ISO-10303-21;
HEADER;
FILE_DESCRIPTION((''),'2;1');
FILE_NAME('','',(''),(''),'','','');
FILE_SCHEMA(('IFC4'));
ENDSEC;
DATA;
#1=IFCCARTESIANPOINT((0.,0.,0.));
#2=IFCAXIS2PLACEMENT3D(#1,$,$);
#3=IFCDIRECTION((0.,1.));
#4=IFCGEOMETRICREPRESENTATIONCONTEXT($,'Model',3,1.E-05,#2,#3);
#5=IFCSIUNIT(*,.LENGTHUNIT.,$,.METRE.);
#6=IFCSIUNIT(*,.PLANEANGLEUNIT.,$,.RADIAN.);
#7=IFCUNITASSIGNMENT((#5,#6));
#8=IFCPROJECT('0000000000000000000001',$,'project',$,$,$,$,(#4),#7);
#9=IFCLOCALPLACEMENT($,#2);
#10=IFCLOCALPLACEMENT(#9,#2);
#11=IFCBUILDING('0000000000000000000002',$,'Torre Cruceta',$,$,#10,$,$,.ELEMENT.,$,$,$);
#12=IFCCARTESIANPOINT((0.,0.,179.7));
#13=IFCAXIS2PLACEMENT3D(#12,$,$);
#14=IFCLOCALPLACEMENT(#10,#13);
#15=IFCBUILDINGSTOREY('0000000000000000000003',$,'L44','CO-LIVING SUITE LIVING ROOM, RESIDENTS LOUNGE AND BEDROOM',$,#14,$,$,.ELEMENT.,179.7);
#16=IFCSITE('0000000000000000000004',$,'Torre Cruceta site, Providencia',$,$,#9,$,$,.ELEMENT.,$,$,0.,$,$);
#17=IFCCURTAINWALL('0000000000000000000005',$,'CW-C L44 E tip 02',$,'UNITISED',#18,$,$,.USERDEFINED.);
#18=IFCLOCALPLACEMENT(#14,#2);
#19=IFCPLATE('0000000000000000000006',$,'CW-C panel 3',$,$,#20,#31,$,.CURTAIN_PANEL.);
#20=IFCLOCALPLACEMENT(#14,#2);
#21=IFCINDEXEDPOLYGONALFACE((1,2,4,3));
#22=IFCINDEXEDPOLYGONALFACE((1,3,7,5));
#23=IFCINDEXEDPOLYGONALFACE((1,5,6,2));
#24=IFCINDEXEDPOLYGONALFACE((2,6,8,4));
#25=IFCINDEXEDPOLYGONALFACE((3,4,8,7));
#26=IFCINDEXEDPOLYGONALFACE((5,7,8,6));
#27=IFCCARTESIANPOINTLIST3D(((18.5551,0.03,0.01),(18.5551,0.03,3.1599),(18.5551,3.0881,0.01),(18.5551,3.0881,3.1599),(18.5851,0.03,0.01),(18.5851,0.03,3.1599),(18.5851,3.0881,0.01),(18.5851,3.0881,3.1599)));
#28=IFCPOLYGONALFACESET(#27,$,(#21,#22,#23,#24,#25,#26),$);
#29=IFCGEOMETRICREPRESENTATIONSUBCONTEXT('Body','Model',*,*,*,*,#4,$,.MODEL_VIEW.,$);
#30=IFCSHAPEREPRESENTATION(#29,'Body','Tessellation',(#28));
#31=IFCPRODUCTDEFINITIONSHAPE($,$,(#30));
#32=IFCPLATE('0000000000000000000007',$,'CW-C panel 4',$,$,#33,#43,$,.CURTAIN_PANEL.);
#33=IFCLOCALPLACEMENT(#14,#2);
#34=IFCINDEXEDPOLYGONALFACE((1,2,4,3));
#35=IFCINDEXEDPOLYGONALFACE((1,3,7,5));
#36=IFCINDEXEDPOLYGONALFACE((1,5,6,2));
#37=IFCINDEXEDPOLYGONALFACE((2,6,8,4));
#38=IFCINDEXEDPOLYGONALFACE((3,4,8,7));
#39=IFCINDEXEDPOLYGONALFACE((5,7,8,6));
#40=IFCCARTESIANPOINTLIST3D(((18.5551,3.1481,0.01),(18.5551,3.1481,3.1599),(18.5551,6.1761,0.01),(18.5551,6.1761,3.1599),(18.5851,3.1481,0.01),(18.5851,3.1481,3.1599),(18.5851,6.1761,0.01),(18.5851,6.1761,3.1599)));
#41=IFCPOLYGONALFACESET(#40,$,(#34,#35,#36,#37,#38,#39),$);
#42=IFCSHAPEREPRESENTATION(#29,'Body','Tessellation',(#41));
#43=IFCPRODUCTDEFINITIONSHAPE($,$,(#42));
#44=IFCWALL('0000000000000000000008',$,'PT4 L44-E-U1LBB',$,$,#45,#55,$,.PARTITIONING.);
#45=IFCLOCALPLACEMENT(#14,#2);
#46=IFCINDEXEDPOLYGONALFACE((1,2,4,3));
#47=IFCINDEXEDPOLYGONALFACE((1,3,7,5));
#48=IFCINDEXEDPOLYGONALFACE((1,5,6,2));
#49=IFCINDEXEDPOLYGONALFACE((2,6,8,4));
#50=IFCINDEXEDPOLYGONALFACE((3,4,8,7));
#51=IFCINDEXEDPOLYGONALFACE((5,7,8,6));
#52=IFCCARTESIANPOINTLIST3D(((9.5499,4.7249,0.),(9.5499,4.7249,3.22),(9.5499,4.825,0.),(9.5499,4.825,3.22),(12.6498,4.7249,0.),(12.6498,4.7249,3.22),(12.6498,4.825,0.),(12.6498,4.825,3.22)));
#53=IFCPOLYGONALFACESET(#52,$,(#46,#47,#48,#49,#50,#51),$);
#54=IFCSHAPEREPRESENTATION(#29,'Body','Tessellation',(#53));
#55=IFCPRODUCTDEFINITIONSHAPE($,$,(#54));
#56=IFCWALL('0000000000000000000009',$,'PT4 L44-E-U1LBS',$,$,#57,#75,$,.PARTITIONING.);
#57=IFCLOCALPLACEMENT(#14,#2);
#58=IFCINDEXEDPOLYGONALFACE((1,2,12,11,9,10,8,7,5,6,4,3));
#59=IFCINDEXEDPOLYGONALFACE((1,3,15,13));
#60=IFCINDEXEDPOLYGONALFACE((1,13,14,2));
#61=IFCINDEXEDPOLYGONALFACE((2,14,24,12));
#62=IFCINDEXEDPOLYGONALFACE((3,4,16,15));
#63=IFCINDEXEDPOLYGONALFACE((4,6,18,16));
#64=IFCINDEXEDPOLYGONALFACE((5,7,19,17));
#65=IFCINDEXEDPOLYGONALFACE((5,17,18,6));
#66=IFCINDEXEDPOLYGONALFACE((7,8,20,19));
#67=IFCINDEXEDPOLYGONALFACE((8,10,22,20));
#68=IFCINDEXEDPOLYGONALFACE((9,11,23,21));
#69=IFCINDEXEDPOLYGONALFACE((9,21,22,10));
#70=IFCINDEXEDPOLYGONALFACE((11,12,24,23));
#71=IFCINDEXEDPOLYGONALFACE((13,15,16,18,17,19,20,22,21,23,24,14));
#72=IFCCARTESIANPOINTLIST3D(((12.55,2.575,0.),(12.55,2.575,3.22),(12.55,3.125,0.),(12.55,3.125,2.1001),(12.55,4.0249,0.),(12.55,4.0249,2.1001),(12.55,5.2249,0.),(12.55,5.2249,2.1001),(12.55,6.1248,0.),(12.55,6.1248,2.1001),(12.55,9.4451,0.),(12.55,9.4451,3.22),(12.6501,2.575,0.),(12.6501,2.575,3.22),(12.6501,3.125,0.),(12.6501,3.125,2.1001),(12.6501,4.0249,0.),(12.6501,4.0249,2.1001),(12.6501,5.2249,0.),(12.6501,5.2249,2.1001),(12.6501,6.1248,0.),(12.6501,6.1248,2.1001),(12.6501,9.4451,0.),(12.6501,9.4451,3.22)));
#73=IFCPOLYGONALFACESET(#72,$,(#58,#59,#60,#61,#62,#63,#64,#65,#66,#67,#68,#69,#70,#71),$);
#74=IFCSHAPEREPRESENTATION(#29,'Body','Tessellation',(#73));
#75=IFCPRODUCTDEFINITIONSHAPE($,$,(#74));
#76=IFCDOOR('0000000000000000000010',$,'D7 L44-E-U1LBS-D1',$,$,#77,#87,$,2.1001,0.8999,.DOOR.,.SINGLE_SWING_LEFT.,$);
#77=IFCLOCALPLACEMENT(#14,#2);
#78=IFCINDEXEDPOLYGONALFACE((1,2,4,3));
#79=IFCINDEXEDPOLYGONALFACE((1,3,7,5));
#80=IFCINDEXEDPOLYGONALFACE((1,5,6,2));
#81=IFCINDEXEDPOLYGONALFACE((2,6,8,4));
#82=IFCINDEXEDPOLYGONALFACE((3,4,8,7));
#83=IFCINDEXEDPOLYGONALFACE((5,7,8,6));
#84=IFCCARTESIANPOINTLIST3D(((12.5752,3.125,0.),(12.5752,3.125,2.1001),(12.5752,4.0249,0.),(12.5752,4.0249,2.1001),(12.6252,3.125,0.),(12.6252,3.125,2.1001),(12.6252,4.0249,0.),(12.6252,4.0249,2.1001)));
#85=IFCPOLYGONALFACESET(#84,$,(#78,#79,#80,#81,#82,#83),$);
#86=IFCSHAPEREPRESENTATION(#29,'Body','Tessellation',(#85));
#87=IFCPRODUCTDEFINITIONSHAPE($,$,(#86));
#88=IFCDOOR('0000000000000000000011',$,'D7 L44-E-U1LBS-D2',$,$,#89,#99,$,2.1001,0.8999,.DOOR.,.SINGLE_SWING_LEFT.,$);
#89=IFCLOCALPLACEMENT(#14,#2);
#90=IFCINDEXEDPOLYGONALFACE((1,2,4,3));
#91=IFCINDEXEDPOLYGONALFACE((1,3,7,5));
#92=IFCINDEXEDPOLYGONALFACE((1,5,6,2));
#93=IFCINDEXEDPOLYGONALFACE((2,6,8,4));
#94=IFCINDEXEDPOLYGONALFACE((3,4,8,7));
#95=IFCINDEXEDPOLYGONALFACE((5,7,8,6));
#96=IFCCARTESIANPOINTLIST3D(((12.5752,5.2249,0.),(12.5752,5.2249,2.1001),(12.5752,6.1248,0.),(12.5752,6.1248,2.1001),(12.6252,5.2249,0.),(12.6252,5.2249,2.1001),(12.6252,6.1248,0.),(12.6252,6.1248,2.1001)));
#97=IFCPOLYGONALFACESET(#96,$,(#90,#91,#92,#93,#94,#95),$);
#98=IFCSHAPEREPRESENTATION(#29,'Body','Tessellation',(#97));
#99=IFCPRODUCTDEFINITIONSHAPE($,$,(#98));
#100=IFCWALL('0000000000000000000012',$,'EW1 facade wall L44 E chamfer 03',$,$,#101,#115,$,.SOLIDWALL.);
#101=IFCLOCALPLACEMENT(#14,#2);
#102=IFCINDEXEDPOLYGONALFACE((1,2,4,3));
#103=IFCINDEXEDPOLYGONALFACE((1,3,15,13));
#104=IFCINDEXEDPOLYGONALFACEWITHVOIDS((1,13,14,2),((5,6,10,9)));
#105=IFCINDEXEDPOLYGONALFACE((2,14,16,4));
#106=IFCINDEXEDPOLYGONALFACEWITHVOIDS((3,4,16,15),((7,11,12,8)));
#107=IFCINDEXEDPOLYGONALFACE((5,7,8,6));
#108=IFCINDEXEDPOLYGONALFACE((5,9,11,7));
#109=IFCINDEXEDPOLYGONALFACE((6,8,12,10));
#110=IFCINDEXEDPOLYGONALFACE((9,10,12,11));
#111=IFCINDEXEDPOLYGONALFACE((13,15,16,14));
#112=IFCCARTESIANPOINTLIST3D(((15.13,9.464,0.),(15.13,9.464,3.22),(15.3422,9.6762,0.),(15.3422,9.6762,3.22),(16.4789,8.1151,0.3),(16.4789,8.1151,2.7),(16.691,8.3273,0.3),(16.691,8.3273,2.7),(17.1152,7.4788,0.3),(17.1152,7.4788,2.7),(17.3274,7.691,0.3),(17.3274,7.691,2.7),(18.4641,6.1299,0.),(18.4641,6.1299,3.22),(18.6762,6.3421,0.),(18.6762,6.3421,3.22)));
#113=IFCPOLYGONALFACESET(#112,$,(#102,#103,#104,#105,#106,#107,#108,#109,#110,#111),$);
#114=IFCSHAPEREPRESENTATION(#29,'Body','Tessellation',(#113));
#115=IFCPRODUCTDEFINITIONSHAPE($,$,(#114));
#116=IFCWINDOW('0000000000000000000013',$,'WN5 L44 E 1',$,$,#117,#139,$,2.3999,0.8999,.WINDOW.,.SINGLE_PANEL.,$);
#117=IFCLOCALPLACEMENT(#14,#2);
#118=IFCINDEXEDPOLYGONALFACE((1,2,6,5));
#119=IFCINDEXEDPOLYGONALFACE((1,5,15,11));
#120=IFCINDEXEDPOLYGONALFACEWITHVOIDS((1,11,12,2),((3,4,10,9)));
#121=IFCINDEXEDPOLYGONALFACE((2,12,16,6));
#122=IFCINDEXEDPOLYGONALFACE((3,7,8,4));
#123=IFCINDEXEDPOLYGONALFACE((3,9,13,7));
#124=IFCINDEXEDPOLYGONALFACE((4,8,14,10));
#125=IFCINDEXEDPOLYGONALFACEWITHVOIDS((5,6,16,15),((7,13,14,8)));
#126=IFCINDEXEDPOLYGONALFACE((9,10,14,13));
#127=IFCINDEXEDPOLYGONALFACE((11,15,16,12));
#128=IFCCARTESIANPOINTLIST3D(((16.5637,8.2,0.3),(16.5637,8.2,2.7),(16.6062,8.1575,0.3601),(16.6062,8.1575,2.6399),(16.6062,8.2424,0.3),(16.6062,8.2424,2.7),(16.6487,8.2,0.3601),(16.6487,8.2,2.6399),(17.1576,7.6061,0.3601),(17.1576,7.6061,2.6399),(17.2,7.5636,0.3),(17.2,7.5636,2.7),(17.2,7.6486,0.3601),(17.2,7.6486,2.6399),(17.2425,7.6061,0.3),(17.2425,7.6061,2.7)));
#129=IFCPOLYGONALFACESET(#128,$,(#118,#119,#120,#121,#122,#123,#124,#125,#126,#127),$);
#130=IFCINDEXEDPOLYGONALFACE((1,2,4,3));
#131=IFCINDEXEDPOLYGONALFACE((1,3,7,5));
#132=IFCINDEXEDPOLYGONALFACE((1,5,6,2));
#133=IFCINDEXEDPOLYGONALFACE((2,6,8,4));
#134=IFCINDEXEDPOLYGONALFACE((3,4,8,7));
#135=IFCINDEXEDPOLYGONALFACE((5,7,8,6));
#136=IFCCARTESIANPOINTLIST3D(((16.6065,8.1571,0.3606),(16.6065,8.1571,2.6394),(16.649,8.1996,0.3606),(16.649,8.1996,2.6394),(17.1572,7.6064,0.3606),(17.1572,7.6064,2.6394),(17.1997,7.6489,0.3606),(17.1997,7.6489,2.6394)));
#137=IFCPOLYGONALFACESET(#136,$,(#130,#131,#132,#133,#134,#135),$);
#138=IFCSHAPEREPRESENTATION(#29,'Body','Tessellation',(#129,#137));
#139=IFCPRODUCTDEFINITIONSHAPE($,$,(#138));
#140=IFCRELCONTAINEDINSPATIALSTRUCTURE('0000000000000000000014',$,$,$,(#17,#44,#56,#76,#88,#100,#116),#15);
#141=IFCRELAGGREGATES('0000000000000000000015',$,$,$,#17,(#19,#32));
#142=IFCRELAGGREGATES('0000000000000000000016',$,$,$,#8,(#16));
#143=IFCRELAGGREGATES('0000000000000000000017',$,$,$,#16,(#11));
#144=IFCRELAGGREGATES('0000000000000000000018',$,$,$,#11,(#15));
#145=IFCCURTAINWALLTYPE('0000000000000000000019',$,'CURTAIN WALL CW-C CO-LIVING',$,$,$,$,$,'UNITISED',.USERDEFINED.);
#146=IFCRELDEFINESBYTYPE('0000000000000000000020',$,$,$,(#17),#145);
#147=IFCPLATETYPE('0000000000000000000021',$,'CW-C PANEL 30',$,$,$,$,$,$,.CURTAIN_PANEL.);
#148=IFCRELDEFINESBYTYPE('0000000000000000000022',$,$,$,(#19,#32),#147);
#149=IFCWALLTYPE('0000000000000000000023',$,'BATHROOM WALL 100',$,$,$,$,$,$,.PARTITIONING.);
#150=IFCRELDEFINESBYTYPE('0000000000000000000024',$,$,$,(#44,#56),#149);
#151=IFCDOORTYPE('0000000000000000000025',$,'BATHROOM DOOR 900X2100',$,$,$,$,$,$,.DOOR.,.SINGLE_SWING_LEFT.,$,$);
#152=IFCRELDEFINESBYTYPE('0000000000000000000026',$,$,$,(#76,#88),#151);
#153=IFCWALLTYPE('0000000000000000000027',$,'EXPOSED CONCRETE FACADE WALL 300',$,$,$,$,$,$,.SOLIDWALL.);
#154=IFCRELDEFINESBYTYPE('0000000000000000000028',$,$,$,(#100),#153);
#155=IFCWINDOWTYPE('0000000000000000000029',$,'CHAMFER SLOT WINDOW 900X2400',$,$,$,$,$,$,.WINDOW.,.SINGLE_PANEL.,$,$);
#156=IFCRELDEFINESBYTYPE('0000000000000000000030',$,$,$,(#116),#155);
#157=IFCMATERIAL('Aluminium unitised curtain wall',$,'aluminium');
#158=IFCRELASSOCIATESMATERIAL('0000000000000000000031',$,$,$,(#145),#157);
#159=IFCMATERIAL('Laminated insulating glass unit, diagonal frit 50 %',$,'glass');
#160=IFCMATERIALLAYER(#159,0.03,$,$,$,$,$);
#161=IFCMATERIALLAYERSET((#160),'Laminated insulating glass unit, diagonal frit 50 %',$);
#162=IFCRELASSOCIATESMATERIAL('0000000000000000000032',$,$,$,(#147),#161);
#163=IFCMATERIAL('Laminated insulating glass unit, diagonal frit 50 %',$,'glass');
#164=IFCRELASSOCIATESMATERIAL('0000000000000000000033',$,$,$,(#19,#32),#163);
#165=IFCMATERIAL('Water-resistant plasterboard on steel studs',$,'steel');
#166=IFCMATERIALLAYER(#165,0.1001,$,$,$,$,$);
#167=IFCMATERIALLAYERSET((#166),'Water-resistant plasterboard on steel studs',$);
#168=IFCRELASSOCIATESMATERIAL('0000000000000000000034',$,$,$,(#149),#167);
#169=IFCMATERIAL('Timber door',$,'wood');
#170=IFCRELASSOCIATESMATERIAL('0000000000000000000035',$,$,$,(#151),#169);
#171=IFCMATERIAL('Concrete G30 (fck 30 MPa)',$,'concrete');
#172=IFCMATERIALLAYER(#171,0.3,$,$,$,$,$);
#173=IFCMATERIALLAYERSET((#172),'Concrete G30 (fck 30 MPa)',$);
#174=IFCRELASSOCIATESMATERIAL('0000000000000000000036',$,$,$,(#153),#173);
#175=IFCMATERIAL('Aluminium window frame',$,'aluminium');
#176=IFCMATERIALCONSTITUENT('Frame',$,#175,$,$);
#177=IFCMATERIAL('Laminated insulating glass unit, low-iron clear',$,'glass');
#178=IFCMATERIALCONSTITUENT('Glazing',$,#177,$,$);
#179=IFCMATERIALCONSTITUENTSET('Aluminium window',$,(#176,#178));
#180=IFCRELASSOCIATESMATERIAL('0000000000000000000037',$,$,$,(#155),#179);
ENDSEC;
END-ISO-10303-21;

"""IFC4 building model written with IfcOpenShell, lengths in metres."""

from ifc_helpers import new_model, si_unit, direction, frame, frame_2d, origin, origin_2d, place, context, subcontext, project, spatial, rectangle, hollow_rectangle, extrude, material, layer, layer_set, constituent, constituent_set, type_object, element, fill, aggregate, save


model = new_model("IFC4")

# Units and contexts
model_context = context("Model", 3, precision=1e-05, world=origin(), true_north=direction((0.0, 1.0)))
body_context = subcontext(model_context, "Body", "Model", "MODEL_VIEW")
ifc_project = project(units=[si_unit("LENGTHUNIT", "METRE"), si_unit("PLANEANGLEUNIT", "RADIAN")], contexts=[model_context])

# Site, building, storey
site_placement = place(None, origin())
site = spatial("IfcSite", under=ifc_project, at=site_placement, Name="Torre Cruceta site, Providencia", CompositionType="ELEMENT", RefElevation=0.0)
building_placement = place(site_placement, origin())
building = spatial("IfcBuilding", under=site, at=building_placement, Name="Torre Cruceta", CompositionType="ELEMENT")
storey_placement = place(building_placement, frame((0.0, 0.0, 179.7)))
storey = spatial("IfcBuildingStorey", under=building, at=storey_placement, Name="L44", Description="CO-LIVING SUITE LIVING ROOM, RESIDENTS LOUNGE AND BEDROOM", CompositionType="ELEMENT", Elevation=179.7)

# Curtain wall
ifc_material_1 = material(Name="Aluminium unitised curtain wall", Category="aluminium")
curtain_wall_type = type_object("IfcCurtainWallType", Name="CURTAIN WALL CW-C CO-LIVING", ElementType="UNITISED", PredefinedType="USERDEFINED", material=ifc_material_1)
curtain_wall_placement = place(storey_placement, origin())
curtain_wall = element("IfcCurtainWall", 1, at=curtain_wall_placement, inside=storey, type_object=curtain_wall_type, Name="CW-C L44 E tip 02", ObjectType="UNITISED", PredefinedType="USERDEFINED")

# Plates
ifc_material_2 = material(Name="Laminated insulating glass unit, diagonal frit 50 %", Category="glass")
ifc_material_3 = material(Name="Laminated insulating glass unit, diagonal frit 50 %", Category="glass")
ifc_layer_1 = layer(ifc_material_3, 0.03)
ifc_layer_set_1 = layer_set([ifc_layer_1], Name="Laminated insulating glass unit, diagonal frit 50 %")
plate_type = type_object("IfcPlateType", Name="CW-C PANEL 30", PredefinedType="CURTAIN_PANEL", material=ifc_layer_set_1)
plate_1_placement = place(storey_placement, frame((18.5701, 1.5591, 0.01), z_axis=(0.0, 0.0, 1.0), x_axis=(0.0, 1.0, 0.0)))
plate_1 = element("IfcPlate", 2, at=plate_1_placement, type_object=plate_type, material=ifc_material_2, Name="CW-C panel 3", PredefinedType="CURTAIN_PANEL", context=body_context, shape_type="SweptSolid", body=[
    extrude(rectangle(XDim=3.0581, YDim=0.03, at=origin_2d()), origin(), (0.0, 0.0, 1.0), 3.1499),
])
plate_2_placement = place(storey_placement, frame((18.5701, 4.6621, 0.01), z_axis=(0.0, 0.0, 1.0), x_axis=(0.0, 1.0, 0.0)))
plate_2 = element("IfcPlate", 3, at=plate_2_placement, type_object=plate_type, material=ifc_material_2, Name="CW-C panel 4", PredefinedType="CURTAIN_PANEL", context=body_context, shape_type="SweptSolid", body=[
    extrude(rectangle(XDim=3.0281, YDim=0.03, at=origin_2d()), origin(), (0.0, 0.0, 1.0), 3.1499),
])
aggregate(curtain_wall, [plate_1, plate_2])

# Wall
ifc_material_4 = material(Name="Water-resistant plasterboard on steel studs", Category="steel")
ifc_layer_2 = layer(ifc_material_4, 0.1001)
ifc_layer_set_2 = layer_set([ifc_layer_2], Name="Water-resistant plasterboard on steel studs")
wall_type_1 = type_object("IfcWallType", Name="BATHROOM WALL 100", PredefinedType="PARTITIONING", material=ifc_layer_set_2)
wall_1_placement = place(storey_placement, frame((9.55, 4.7749, 0.0), z_axis=(0.0, 0.0, 1.0), x_axis=(1.0, 0.0, 0.0)))
element("IfcWall", 4, at=wall_1_placement, inside=storey, type_object=wall_type_1, Name="PT4 L44-E-U1LBB", PredefinedType="PARTITIONING", context=body_context, shape_type="SweptSolid", body=[
    extrude(rectangle(XDim=3.0999, YDim=0.1001, at=frame_2d((1.5498, 0.0))), origin(), (0.0, 0.0, 1.0), 3.22),
])

# Wall, openings, doors
wall_2_placement = place(storey_placement, frame((12.6001, 2.575, 0.0), z_axis=(0.0, 0.0, 1.0), x_axis=(0.0, 1.0, 0.0)))
wall_2 = element("IfcWall", 5, at=wall_2_placement, inside=storey, type_object=wall_type_1, Name="PT4 L44-E-U1LBS", PredefinedType="PARTITIONING", context=body_context, shape_type="SweptSolid", body=[
    extrude(rectangle(XDim=6.8701, YDim=0.1001, at=frame_2d((3.4351, 0.0))), origin(), (0.0, 0.0, 1.0), 3.22),
])
opening_1_placement = place(wall_2_placement, frame((0.55, 0.0, 0.0)))
opening_1 = element("IfcOpeningElement", 6, at=opening_1_placement, cuts=wall_2, PredefinedType="OPENING", context=body_context, shape_type="SweptSolid", body=[
    extrude(rectangle(XDim=0.8999, YDim=2.1001, at=frame_2d((0.45, 1.05))), frame((0.0, 0.0601, 0.0), z_axis=(0.0, -1.0, 0.0), x_axis=(1.0, 0.0, 0.0)), (0.0, 0.0, 1.0), 0.1201),
])
opening_2_placement = place(wall_2_placement, frame((2.6499, 0.0, 0.0)))
opening_2 = element("IfcOpeningElement", 7, at=opening_2_placement, cuts=wall_2, PredefinedType="OPENING", context=body_context, shape_type="SweptSolid", body=[
    extrude(rectangle(XDim=0.8999, YDim=2.1001, at=frame_2d((0.45, 1.05))), frame((0.0, 0.0601, 0.0), z_axis=(0.0, -1.0, 0.0), x_axis=(1.0, 0.0, 0.0)), (0.0, 0.0, 1.0), 0.1201),
])
ifc_material_5 = material(Name="Timber door", Category="wood")
door_type_1 = type_object("IfcDoorType", Name="BATHROOM DOOR 900X2100", OperationType="SINGLE_SWING_LEFT", PredefinedType="DOOR", material=ifc_material_5)
door_1_placement = place(opening_1_placement, origin())
door_1 = element("IfcDoor", 8, at=door_1_placement, inside=storey, type_object=door_type_1, Name="D7 L44-E-U1LBS-D1", OperationType="SINGLE_SWING_LEFT", OverallHeight=2.1001, OverallWidth=0.8999, PredefinedType="DOOR", context=body_context, shape_type="SweptSolid", body=[
    extrude(rectangle(XDim=0.8999, YDim=2.1001, at=frame_2d((0.45, 1.05))), frame((0.0, 0.0249, 0.0), z_axis=(0.0, -1.0, 0.0), x_axis=(1.0, 0.0, 0.0)), (0.0, 0.0, 1.0), 0.05),
])
fill(opening_1, door_1)
door_2_placement = place(opening_2_placement, origin())
door_2 = element("IfcDoor", 9, at=door_2_placement, inside=storey, type_object=door_type_1, Name="D7 L44-E-U1LBS-D2", OperationType="SINGLE_SWING_LEFT", OverallHeight=2.1001, OverallWidth=0.8999, PredefinedType="DOOR", context=body_context, shape_type="SweptSolid", body=[
    extrude(rectangle(XDim=0.8999, YDim=2.1001, at=frame_2d((0.45, 1.05))), frame((0.0, 0.0249, 0.0), z_axis=(0.0, -1.0, 0.0), x_axis=(1.0, 0.0, 0.0)), (0.0, 0.0, 1.0), 0.05),
])
fill(opening_2, door_2)

# Wall, opening, window
ifc_material_6 = material(Name="Concrete G30 (fck 30 MPa)", Category="concrete")
ifc_layer_3 = layer(ifc_material_6, 0.3)
ifc_layer_set_3 = layer_set([ifc_layer_3], Name="Concrete G30 (fck 30 MPa)")
wall_type_2 = type_object("IfcWallType", Name="EXPOSED CONCRETE FACADE WALL 300", PredefinedType="SOLIDWALL", material=ifc_layer_set_3)
wall_3_placement = place(storey_placement, frame((18.5701, 6.2361, 0.0), z_axis=(0.0, 0.0, 1.0), x_axis=(-0.707107, 0.707107, 0.0)))
wall_3 = element("IfcWall", 10, at=wall_3_placement, inside=storey, type_object=wall_type_2, Name="EW1 facade wall L44 E chamfer 03", PredefinedType="SOLIDWALL", context=body_context, shape_type="SweptSolid", body=[
    extrude(rectangle(XDim=4.7151, YDim=0.3, at=frame_2d((2.3574, 0.0))), origin(), (0.0, 0.0, 1.0), 3.22),
])
opening_3_placement = place(wall_3_placement, frame((1.9075, 0.0, 0.3)))
opening_3 = element("IfcOpeningElement", 11, at=opening_3_placement, cuts=wall_3, PredefinedType="OPENING", context=body_context, shape_type="SweptSolid", body=[
    extrude(rectangle(XDim=0.8999, YDim=2.3999, at=frame_2d((0.45, 1.2))), frame((0.0, 0.1599, 0.0), z_axis=(0.0, -1.0, 0.0), x_axis=(1.0, 0.0, 0.0)), (0.0, 0.0, 1.0), 0.3201),
])
ifc_material_7 = material(Name="Aluminium window frame", Category="aluminium")
ifc_constituent_1 = constituent(ifc_material_7, Name="Frame")
ifc_material_8 = material(Name="Laminated insulating glass unit, low-iron clear", Category="glass")
ifc_constituent_2 = constituent(ifc_material_8, Name="Glazing")
ifc_constituent_set_1 = constituent_set(constituents=[ifc_constituent_1, ifc_constituent_2], Name="Aluminium window")
window_type = type_object("IfcWindowType", Name="CHAMFER SLOT WINDOW 900X2400", PartitioningType="SINGLE_PANEL", PredefinedType="WINDOW", material=ifc_constituent_set_1)
window_placement = place(opening_3_placement, origin())
window = element("IfcWindow", 12, at=window_placement, inside=storey, type_object=window_type, Name="WN5 L44 E 1", OverallHeight=2.3999, OverallWidth=0.8999, PartitioningType="SINGLE_PANEL", PredefinedType="WINDOW", context=body_context, shape_type="SweptSolid", body=[
    extrude(hollow_rectangle(XDim=0.8999, YDim=2.3999, WallThickness=0.0601, at=frame_2d((0.45, 1.2))), frame((0.0, 0.03, 0.0), z_axis=(0.0, -1.0, 0.0), x_axis=(1.0, 0.0, 0.0)), (0.0, 0.0, 1.0), 0.0601),
    extrude(rectangle(XDim=0.7788, YDim=2.2788, at=frame_2d((0.45, 1.2))), frame((0.0, 0.03, 0.0), z_axis=(0.0, -1.0, 0.0), x_axis=(1.0, 0.0, 0.0)), (0.0, 0.0, 1.0), 0.0601),
])
fill(opening_3, window)

save(model, "model.ifc")
